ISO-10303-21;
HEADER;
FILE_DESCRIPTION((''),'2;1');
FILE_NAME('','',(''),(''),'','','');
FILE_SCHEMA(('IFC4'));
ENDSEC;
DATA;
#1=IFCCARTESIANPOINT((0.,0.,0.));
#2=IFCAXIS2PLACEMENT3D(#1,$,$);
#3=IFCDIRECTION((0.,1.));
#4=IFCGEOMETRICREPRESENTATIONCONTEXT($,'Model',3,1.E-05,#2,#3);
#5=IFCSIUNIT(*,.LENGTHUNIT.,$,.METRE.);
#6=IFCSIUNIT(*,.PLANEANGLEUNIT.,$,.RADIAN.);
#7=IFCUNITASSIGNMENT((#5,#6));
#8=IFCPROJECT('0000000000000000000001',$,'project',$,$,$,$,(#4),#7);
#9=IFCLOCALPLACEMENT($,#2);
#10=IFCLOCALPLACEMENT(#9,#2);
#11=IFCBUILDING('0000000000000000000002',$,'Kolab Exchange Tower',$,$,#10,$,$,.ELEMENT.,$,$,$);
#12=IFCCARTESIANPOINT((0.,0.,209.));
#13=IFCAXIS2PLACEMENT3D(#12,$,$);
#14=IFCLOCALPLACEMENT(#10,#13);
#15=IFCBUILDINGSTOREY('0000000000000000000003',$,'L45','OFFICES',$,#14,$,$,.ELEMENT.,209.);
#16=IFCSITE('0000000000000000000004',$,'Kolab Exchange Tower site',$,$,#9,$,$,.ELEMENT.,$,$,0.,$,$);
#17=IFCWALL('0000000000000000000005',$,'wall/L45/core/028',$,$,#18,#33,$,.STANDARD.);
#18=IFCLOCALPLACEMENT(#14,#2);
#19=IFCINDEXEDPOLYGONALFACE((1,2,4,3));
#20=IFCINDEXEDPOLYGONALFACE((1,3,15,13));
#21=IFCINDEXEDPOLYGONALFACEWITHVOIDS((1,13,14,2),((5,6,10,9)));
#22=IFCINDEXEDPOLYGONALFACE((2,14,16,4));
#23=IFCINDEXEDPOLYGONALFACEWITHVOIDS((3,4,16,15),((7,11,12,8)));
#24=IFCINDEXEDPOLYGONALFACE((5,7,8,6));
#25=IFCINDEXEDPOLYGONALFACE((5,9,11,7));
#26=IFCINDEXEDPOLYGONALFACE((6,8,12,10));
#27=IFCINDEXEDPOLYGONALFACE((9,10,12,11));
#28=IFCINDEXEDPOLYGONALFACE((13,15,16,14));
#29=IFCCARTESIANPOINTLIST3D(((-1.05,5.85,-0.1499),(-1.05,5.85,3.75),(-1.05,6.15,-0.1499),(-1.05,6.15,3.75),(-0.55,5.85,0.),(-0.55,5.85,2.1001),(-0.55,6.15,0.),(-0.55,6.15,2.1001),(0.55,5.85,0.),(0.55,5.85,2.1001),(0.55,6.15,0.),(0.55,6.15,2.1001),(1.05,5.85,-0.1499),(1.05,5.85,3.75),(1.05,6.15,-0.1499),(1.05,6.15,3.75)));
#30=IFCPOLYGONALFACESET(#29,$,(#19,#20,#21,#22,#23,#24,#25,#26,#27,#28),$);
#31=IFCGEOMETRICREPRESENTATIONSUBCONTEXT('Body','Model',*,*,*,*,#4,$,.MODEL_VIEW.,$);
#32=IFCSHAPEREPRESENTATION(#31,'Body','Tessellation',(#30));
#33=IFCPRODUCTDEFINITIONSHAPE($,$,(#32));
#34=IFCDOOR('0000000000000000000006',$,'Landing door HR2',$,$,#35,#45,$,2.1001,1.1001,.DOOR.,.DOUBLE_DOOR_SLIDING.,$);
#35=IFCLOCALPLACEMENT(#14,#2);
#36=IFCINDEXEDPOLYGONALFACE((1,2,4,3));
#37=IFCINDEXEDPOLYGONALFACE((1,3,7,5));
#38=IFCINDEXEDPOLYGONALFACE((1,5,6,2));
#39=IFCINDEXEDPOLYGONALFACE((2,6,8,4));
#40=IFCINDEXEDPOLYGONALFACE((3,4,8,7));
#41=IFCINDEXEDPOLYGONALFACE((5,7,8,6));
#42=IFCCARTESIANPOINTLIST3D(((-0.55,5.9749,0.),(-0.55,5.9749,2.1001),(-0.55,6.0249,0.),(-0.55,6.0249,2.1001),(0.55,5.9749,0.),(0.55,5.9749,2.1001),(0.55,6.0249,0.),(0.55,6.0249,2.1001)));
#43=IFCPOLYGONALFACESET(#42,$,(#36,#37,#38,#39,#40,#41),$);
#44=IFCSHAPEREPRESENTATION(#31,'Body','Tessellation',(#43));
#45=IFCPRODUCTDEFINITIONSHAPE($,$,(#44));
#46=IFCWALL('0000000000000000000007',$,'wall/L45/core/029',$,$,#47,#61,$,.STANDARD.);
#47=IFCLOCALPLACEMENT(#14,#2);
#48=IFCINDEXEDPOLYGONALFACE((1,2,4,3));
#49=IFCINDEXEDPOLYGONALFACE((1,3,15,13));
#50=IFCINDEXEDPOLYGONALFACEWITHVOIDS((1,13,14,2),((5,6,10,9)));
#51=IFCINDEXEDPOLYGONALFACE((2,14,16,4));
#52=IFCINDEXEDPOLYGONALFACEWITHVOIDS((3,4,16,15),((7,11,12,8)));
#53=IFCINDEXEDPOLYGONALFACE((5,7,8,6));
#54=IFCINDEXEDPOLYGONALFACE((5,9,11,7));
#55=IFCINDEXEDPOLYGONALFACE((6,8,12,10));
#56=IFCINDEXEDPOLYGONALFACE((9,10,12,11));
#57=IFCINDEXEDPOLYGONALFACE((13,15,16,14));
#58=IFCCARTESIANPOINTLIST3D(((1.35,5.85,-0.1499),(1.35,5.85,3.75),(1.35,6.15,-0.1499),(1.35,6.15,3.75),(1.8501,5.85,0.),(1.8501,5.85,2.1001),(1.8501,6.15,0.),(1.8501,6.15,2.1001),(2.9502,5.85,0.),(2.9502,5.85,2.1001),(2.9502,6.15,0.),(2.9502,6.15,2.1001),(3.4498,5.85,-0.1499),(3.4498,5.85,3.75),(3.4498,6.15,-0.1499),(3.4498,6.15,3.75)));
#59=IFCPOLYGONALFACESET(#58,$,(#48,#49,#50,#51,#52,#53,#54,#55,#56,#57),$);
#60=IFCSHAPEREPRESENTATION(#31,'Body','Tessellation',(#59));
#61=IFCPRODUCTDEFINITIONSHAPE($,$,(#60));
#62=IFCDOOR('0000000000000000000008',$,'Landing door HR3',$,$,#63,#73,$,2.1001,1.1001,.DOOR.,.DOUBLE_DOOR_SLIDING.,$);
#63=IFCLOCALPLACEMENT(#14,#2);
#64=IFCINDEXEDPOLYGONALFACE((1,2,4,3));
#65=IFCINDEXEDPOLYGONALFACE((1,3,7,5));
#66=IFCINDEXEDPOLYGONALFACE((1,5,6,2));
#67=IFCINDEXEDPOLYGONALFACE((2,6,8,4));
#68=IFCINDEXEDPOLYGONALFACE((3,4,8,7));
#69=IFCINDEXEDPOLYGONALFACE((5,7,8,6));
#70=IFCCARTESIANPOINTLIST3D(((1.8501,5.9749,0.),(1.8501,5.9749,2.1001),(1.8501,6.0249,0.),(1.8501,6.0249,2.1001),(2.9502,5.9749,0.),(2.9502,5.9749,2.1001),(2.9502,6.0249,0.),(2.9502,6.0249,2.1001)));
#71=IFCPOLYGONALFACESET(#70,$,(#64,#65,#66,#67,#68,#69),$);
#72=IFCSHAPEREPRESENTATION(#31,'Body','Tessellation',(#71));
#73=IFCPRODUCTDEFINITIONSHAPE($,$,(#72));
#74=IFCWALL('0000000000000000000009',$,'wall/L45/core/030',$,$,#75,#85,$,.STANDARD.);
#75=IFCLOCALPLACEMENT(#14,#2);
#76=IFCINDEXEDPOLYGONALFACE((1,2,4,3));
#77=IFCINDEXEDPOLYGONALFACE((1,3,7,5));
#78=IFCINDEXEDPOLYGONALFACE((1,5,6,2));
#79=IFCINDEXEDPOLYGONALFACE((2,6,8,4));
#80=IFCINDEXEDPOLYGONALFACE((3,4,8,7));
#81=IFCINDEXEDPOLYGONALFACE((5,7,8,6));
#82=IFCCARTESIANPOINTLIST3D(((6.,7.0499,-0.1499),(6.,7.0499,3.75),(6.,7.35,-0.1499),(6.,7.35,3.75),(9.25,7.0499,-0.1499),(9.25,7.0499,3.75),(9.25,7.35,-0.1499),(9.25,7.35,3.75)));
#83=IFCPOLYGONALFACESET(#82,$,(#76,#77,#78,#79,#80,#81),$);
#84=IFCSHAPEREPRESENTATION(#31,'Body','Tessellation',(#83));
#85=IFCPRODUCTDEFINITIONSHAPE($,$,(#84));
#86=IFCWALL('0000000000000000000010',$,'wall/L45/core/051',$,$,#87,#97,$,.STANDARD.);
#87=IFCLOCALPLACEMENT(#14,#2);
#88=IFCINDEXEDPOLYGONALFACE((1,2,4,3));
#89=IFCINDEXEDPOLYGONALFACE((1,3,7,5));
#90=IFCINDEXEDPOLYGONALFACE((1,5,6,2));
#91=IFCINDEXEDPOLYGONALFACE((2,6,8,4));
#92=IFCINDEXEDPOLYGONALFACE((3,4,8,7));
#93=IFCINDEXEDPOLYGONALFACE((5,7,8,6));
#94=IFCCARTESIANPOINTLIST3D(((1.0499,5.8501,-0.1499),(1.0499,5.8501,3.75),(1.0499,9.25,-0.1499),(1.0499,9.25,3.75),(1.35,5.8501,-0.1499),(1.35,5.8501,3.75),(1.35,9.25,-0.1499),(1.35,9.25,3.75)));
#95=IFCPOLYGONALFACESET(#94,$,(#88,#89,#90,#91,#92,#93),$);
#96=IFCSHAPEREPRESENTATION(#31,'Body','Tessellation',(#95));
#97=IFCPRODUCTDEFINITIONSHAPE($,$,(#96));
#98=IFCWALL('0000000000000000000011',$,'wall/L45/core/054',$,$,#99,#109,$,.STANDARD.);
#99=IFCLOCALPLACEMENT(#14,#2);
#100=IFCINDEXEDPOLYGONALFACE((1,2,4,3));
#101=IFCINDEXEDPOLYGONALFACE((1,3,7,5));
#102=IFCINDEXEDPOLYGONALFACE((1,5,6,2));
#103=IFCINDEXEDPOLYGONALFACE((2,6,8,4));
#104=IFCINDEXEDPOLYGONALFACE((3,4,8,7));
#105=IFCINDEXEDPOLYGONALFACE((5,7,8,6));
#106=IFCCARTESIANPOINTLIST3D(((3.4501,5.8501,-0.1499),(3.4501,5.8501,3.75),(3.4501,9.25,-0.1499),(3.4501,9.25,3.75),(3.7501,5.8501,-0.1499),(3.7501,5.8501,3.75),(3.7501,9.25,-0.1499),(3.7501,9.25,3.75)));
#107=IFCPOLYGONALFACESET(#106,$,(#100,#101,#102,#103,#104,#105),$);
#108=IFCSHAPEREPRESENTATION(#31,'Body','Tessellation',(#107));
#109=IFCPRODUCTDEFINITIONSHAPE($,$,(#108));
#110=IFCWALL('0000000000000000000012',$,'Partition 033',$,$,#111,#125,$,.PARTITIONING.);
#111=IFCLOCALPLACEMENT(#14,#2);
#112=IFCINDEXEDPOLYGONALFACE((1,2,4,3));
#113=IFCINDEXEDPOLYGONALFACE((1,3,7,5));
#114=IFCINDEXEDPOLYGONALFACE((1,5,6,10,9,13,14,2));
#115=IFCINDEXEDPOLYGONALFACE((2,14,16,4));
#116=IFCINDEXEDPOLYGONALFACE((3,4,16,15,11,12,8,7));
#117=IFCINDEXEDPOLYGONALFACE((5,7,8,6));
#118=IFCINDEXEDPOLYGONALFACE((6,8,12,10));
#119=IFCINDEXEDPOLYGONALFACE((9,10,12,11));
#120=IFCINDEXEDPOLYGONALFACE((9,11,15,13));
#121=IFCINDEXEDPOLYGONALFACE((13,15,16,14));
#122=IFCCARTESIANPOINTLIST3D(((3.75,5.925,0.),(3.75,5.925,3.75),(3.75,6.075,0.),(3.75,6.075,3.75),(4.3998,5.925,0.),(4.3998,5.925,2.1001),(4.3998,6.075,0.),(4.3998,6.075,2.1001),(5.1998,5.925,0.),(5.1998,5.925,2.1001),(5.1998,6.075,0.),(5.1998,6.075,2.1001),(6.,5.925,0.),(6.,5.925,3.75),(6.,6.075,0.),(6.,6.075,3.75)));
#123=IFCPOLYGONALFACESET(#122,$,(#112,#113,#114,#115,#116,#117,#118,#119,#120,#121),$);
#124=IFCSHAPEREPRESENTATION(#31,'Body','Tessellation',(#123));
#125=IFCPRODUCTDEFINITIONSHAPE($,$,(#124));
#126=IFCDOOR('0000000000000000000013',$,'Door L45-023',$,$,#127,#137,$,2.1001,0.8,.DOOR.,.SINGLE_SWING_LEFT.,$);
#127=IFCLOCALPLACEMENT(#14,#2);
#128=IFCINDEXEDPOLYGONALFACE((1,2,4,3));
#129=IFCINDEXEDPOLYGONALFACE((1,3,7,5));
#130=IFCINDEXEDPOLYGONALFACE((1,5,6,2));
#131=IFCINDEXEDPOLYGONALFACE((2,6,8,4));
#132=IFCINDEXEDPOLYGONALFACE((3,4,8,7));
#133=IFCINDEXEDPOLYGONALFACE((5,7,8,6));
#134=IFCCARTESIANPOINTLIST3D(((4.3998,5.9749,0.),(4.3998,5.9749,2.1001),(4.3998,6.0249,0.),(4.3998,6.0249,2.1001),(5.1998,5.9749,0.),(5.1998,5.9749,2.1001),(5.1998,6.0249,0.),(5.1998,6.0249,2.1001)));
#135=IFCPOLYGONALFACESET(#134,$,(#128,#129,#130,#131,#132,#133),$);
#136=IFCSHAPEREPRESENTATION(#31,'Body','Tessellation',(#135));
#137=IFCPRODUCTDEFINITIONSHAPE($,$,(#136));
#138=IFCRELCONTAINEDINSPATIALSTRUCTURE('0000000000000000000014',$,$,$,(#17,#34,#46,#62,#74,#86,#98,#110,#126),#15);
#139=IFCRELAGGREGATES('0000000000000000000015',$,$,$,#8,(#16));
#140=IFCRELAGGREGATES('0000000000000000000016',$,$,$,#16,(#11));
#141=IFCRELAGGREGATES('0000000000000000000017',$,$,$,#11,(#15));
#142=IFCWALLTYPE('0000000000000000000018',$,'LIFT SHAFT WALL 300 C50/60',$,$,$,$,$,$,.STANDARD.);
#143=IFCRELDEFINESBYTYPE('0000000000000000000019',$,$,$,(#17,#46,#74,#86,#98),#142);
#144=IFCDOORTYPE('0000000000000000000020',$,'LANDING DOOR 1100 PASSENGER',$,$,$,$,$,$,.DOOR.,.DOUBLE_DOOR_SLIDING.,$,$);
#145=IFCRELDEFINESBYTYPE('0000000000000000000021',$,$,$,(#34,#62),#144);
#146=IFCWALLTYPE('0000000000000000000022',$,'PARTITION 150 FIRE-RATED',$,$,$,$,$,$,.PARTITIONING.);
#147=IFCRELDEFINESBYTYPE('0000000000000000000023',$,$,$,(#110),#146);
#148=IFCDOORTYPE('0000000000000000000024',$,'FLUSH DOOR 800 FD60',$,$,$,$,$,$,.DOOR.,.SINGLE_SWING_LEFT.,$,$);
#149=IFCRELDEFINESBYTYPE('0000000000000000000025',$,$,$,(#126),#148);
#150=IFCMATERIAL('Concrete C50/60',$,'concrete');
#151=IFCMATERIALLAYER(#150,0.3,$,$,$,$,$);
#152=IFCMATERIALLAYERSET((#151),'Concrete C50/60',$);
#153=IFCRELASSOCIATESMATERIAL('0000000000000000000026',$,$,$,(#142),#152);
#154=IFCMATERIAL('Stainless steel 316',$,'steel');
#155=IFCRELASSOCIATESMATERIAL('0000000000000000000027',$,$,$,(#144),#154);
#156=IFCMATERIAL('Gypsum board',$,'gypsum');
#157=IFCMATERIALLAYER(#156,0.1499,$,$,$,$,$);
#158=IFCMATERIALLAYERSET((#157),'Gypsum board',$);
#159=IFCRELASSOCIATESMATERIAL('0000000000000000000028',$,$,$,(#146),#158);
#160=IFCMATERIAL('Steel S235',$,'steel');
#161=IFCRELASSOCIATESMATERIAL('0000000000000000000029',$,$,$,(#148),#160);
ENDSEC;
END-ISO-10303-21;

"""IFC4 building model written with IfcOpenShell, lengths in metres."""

from ifc_helpers import new_model, si_unit, direction, frame, frame_2d, origin, place, context, subcontext, project, spatial, rectangle, extrude, material, layer, layer_set, type_object, element, fill, save


model = new_model("IFC4")

# Units and contexts
model_context = context("Model", 3, precision=1e-05, world=origin(), true_north=direction((0.0, 1.0)))
body_context = subcontext(model_context, "Body", "Model", "MODEL_VIEW")
ifc_project = project(units=[si_unit("LENGTHUNIT", "METRE"), si_unit("PLANEANGLEUNIT", "RADIAN")], contexts=[model_context])

# Site, building, storey
site_placement = place(None, origin())
site = spatial("IfcSite", under=ifc_project, at=site_placement, Name="Kolab Exchange Tower site", CompositionType="ELEMENT", RefElevation=0.0)
building_placement = place(site_placement, origin())
building = spatial("IfcBuilding", under=site, at=building_placement, Name="Kolab Exchange Tower", CompositionType="ELEMENT")
storey_placement = place(building_placement, frame((0.0, 0.0, 209.0)))
storey = spatial("IfcBuildingStorey", under=building, at=storey_placement, Name="L45", Description="OFFICES", CompositionType="ELEMENT", Elevation=209.0)

# Shared definitions
ifc_material_1 = material(Name="Concrete C50/60", Category="concrete")

# Shared definitions
ifc_layer_1 = layer(ifc_material_1, 0.3)
ifc_layer_set_1 = layer_set([ifc_layer_1], Name="Concrete C50/60")
wall_type_1 = type_object("IfcWallType", Name="LIFT SHAFT WALL 300 C50/60", PredefinedType="STANDARD", material=ifc_layer_set_1)

# Shared definitions
ifc_material_2 = material(Name="Stainless steel 316", Category="steel")
door_type_1 = type_object("IfcDoorType", Name="LANDING DOOR 1100 PASSENGER", OperationType="DOUBLE_DOOR_SLIDING", PredefinedType="DOOR", material=ifc_material_2)

# Walls, openings, doors
wall_1_placement = place(storey_placement, frame((-1.05, 6.0, -0.1499), z_axis=(0.0, 0.0, 1.0), x_axis=(1.0, 0.0, 0.0)))
wall_1 = element("IfcWall", 1, at=wall_1_placement, inside=storey, type_object=wall_type_1, Name="wall/L45/core/028", PredefinedType="STANDARD", context=body_context, shape_type="SweptSolid", body=[
    extrude(rectangle(XDim=2.1001, YDim=0.3, at=frame_2d((1.05, 0.0))), origin(), (0.0, 0.0, 1.0), 3.8999),
])
opening_1_placement = place(wall_1_placement, frame((0.5, 0.0, 0.1499)))
opening_1 = element("IfcOpeningElement", 2, at=opening_1_placement, cuts=wall_1, PredefinedType="OPENING", context=body_context, shape_type="SweptSolid", body=[
    extrude(rectangle(XDim=1.1001, YDim=2.1001, at=frame_2d((0.55, 1.05))), frame((0.0, 0.1602, 0.0), z_axis=(0.0, -1.0, 0.0), x_axis=(1.0, 0.0, 0.0)), (0.0, 0.0, 1.0), 0.3201),
])
door_1_placement = place(opening_1_placement, origin())
door_1 = element("IfcDoor", 3, at=door_1_placement, inside=storey, type_object=door_type_1, Name="Landing door HR2", OperationType="DOUBLE_DOOR_SLIDING", OverallHeight=2.1001, OverallWidth=1.1001, PredefinedType="DOOR", context=body_context, shape_type="SweptSolid", body=[
    extrude(rectangle(XDim=1.1001, YDim=2.1001, at=frame_2d((0.55, 1.05))), frame((0.0, 0.0249, 0.0), z_axis=(0.0, -1.0, 0.0), x_axis=(1.0, 0.0, 0.0)), (0.0, 0.0, 1.0), 0.05),
])
fill(opening_1, door_1)
wall_2_placement = place(storey_placement, frame((1.3501, 6.0, -0.1499), z_axis=(0.0, 0.0, 1.0), x_axis=(1.0, 0.0, 0.0)))
wall_2 = element("IfcWall", 4, at=wall_2_placement, inside=storey, type_object=wall_type_1, Name="wall/L45/core/029", PredefinedType="STANDARD", context=body_context, shape_type="SweptSolid", body=[
    extrude(rectangle(XDim=2.0999, YDim=0.3, at=frame_2d((1.0498, 0.0))), origin(), (0.0, 0.0, 1.0), 3.8999),
])
opening_2_placement = place(wall_2_placement, frame((0.5, 0.0, 0.1499)))
opening_2 = element("IfcOpeningElement", 5, at=opening_2_placement, cuts=wall_2, PredefinedType="OPENING", context=body_context, shape_type="SweptSolid", body=[
    extrude(rectangle(XDim=1.1001, YDim=2.1001, at=frame_2d((0.55, 1.05))), frame((0.0, 0.1602, 0.0), z_axis=(0.0, -1.0, 0.0), x_axis=(1.0, 0.0, 0.0)), (0.0, 0.0, 1.0), 0.3201),
])
door_2_placement = place(opening_2_placement, origin())
door_2 = element("IfcDoor", 6, at=door_2_placement, inside=storey, type_object=door_type_1, Name="Landing door HR3", OperationType="DOUBLE_DOOR_SLIDING", OverallHeight=2.1001, OverallWidth=1.1001, PredefinedType="DOOR", context=body_context, shape_type="SweptSolid", body=[
    extrude(rectangle(XDim=1.1001, YDim=2.1001, at=frame_2d((0.55, 1.05))), frame((0.0, 0.0249, 0.0), z_axis=(0.0, -1.0, 0.0), x_axis=(1.0, 0.0, 0.0)), (0.0, 0.0, 1.0), 0.05),
])
fill(opening_2, door_2)

# Walls
wall_3_placement = place(storey_placement, frame((6.0, 7.2, -0.1499), z_axis=(0.0, 0.0, 1.0), x_axis=(1.0, 0.0, 0.0)))
element("IfcWall", 7, at=wall_3_placement, inside=storey, type_object=wall_type_1, Name="wall/L45/core/030", PredefinedType="STANDARD", context=body_context, shape_type="SweptSolid", body=[
    extrude(rectangle(XDim=3.25, YDim=0.3, at=frame_2d((1.625, 0.0))), origin(), (0.0, 0.0, 1.0), 3.8999),
])
for number, where, z_axis, x_axis, name in (
    (8, (1.2, 5.8501, -0.1499), (0.0, 0.0, 1.0), (0.0, 1.0, 0.0), "wall/L45/core/051"),
    (9, (3.6001, 5.8501, -0.1499), (0.0, 0.0, 1.0), (0.0, 1.0, 0.0), "wall/L45/core/054"),
):
    element("IfcWall", number, at=place(storey_placement, frame(where, z_axis=z_axis, x_axis=x_axis)), inside=storey, type_object=wall_type_1, Name=name, PredefinedType="STANDARD", context=body_context, shape_type="SweptSolid", body=[
        extrude(rectangle(XDim=3.3999, YDim=0.3, at=frame_2d((1.7, 0.0))), origin(), (0.0, 0.0, 1.0), 3.8999),
    ])

# Wall, opening, door
ifc_material_3 = material(Name="Gypsum board", Category="gypsum")
ifc_layer_2 = layer(ifc_material_3, 0.1499)
ifc_layer_set_2 = layer_set([ifc_layer_2], Name="Gypsum board")
wall_type_2 = type_object("IfcWallType", Name="PARTITION 150 FIRE-RATED", PredefinedType="PARTITIONING", material=ifc_layer_set_2)
wall_4_placement = place(storey_placement, frame((3.75, 6.0, 0.0), z_axis=(0.0, 0.0, 1.0), x_axis=(1.0, 0.0, 0.0)))
wall_4 = element("IfcWall", 10, at=wall_4_placement, inside=storey, type_object=wall_type_2, Name="Partition 033", PredefinedType="PARTITIONING", context=body_context, shape_type="SweptSolid", body=[
    extrude(rectangle(XDim=2.25, YDim=0.1499, at=frame_2d((1.125, 0.0))), origin(), (0.0, 0.0, 1.0), 3.75),
])
opening_3_placement = place(wall_4_placement, frame((0.6499, 0.0, 0.0)))
opening_3 = element("IfcOpeningElement", 11, at=opening_3_placement, cuts=wall_4, PredefinedType="OPENING", context=body_context, shape_type="SweptSolid", body=[
    extrude(rectangle(XDim=0.8, YDim=2.1001, at=frame_2d((0.3999, 1.05))), frame((0.0, 0.085, 0.0), z_axis=(0.0, -1.0, 0.0), x_axis=(1.0, 0.0, 0.0)), (0.0, 0.0, 1.0), 0.1699),
])
ifc_material_4 = material(Name="Steel S235", Category="steel")
door_type_2 = type_object("IfcDoorType", Name="FLUSH DOOR 800 FD60", OperationType="SINGLE_SWING_LEFT", PredefinedType="DOOR", material=ifc_material_4)
door_3_placement = place(opening_3_placement, origin())
door_3 = element("IfcDoor", 12, at=door_3_placement, inside=storey, type_object=door_type_2, Name="Door L45-023", OperationType="SINGLE_SWING_LEFT", OverallHeight=2.1001, OverallWidth=0.8, PredefinedType="DOOR", context=body_context, shape_type="SweptSolid", body=[
    extrude(rectangle(XDim=0.8, YDim=2.1001, at=frame_2d((0.3999, 1.05))), frame((0.0, 0.0249, 0.0), z_axis=(0.0, -1.0, 0.0), x_axis=(1.0, 0.0, 0.0)), (0.0, 0.0, 1.0), 0.05),
])
fill(opening_3, door_3)

save(model, "model.ifc")
